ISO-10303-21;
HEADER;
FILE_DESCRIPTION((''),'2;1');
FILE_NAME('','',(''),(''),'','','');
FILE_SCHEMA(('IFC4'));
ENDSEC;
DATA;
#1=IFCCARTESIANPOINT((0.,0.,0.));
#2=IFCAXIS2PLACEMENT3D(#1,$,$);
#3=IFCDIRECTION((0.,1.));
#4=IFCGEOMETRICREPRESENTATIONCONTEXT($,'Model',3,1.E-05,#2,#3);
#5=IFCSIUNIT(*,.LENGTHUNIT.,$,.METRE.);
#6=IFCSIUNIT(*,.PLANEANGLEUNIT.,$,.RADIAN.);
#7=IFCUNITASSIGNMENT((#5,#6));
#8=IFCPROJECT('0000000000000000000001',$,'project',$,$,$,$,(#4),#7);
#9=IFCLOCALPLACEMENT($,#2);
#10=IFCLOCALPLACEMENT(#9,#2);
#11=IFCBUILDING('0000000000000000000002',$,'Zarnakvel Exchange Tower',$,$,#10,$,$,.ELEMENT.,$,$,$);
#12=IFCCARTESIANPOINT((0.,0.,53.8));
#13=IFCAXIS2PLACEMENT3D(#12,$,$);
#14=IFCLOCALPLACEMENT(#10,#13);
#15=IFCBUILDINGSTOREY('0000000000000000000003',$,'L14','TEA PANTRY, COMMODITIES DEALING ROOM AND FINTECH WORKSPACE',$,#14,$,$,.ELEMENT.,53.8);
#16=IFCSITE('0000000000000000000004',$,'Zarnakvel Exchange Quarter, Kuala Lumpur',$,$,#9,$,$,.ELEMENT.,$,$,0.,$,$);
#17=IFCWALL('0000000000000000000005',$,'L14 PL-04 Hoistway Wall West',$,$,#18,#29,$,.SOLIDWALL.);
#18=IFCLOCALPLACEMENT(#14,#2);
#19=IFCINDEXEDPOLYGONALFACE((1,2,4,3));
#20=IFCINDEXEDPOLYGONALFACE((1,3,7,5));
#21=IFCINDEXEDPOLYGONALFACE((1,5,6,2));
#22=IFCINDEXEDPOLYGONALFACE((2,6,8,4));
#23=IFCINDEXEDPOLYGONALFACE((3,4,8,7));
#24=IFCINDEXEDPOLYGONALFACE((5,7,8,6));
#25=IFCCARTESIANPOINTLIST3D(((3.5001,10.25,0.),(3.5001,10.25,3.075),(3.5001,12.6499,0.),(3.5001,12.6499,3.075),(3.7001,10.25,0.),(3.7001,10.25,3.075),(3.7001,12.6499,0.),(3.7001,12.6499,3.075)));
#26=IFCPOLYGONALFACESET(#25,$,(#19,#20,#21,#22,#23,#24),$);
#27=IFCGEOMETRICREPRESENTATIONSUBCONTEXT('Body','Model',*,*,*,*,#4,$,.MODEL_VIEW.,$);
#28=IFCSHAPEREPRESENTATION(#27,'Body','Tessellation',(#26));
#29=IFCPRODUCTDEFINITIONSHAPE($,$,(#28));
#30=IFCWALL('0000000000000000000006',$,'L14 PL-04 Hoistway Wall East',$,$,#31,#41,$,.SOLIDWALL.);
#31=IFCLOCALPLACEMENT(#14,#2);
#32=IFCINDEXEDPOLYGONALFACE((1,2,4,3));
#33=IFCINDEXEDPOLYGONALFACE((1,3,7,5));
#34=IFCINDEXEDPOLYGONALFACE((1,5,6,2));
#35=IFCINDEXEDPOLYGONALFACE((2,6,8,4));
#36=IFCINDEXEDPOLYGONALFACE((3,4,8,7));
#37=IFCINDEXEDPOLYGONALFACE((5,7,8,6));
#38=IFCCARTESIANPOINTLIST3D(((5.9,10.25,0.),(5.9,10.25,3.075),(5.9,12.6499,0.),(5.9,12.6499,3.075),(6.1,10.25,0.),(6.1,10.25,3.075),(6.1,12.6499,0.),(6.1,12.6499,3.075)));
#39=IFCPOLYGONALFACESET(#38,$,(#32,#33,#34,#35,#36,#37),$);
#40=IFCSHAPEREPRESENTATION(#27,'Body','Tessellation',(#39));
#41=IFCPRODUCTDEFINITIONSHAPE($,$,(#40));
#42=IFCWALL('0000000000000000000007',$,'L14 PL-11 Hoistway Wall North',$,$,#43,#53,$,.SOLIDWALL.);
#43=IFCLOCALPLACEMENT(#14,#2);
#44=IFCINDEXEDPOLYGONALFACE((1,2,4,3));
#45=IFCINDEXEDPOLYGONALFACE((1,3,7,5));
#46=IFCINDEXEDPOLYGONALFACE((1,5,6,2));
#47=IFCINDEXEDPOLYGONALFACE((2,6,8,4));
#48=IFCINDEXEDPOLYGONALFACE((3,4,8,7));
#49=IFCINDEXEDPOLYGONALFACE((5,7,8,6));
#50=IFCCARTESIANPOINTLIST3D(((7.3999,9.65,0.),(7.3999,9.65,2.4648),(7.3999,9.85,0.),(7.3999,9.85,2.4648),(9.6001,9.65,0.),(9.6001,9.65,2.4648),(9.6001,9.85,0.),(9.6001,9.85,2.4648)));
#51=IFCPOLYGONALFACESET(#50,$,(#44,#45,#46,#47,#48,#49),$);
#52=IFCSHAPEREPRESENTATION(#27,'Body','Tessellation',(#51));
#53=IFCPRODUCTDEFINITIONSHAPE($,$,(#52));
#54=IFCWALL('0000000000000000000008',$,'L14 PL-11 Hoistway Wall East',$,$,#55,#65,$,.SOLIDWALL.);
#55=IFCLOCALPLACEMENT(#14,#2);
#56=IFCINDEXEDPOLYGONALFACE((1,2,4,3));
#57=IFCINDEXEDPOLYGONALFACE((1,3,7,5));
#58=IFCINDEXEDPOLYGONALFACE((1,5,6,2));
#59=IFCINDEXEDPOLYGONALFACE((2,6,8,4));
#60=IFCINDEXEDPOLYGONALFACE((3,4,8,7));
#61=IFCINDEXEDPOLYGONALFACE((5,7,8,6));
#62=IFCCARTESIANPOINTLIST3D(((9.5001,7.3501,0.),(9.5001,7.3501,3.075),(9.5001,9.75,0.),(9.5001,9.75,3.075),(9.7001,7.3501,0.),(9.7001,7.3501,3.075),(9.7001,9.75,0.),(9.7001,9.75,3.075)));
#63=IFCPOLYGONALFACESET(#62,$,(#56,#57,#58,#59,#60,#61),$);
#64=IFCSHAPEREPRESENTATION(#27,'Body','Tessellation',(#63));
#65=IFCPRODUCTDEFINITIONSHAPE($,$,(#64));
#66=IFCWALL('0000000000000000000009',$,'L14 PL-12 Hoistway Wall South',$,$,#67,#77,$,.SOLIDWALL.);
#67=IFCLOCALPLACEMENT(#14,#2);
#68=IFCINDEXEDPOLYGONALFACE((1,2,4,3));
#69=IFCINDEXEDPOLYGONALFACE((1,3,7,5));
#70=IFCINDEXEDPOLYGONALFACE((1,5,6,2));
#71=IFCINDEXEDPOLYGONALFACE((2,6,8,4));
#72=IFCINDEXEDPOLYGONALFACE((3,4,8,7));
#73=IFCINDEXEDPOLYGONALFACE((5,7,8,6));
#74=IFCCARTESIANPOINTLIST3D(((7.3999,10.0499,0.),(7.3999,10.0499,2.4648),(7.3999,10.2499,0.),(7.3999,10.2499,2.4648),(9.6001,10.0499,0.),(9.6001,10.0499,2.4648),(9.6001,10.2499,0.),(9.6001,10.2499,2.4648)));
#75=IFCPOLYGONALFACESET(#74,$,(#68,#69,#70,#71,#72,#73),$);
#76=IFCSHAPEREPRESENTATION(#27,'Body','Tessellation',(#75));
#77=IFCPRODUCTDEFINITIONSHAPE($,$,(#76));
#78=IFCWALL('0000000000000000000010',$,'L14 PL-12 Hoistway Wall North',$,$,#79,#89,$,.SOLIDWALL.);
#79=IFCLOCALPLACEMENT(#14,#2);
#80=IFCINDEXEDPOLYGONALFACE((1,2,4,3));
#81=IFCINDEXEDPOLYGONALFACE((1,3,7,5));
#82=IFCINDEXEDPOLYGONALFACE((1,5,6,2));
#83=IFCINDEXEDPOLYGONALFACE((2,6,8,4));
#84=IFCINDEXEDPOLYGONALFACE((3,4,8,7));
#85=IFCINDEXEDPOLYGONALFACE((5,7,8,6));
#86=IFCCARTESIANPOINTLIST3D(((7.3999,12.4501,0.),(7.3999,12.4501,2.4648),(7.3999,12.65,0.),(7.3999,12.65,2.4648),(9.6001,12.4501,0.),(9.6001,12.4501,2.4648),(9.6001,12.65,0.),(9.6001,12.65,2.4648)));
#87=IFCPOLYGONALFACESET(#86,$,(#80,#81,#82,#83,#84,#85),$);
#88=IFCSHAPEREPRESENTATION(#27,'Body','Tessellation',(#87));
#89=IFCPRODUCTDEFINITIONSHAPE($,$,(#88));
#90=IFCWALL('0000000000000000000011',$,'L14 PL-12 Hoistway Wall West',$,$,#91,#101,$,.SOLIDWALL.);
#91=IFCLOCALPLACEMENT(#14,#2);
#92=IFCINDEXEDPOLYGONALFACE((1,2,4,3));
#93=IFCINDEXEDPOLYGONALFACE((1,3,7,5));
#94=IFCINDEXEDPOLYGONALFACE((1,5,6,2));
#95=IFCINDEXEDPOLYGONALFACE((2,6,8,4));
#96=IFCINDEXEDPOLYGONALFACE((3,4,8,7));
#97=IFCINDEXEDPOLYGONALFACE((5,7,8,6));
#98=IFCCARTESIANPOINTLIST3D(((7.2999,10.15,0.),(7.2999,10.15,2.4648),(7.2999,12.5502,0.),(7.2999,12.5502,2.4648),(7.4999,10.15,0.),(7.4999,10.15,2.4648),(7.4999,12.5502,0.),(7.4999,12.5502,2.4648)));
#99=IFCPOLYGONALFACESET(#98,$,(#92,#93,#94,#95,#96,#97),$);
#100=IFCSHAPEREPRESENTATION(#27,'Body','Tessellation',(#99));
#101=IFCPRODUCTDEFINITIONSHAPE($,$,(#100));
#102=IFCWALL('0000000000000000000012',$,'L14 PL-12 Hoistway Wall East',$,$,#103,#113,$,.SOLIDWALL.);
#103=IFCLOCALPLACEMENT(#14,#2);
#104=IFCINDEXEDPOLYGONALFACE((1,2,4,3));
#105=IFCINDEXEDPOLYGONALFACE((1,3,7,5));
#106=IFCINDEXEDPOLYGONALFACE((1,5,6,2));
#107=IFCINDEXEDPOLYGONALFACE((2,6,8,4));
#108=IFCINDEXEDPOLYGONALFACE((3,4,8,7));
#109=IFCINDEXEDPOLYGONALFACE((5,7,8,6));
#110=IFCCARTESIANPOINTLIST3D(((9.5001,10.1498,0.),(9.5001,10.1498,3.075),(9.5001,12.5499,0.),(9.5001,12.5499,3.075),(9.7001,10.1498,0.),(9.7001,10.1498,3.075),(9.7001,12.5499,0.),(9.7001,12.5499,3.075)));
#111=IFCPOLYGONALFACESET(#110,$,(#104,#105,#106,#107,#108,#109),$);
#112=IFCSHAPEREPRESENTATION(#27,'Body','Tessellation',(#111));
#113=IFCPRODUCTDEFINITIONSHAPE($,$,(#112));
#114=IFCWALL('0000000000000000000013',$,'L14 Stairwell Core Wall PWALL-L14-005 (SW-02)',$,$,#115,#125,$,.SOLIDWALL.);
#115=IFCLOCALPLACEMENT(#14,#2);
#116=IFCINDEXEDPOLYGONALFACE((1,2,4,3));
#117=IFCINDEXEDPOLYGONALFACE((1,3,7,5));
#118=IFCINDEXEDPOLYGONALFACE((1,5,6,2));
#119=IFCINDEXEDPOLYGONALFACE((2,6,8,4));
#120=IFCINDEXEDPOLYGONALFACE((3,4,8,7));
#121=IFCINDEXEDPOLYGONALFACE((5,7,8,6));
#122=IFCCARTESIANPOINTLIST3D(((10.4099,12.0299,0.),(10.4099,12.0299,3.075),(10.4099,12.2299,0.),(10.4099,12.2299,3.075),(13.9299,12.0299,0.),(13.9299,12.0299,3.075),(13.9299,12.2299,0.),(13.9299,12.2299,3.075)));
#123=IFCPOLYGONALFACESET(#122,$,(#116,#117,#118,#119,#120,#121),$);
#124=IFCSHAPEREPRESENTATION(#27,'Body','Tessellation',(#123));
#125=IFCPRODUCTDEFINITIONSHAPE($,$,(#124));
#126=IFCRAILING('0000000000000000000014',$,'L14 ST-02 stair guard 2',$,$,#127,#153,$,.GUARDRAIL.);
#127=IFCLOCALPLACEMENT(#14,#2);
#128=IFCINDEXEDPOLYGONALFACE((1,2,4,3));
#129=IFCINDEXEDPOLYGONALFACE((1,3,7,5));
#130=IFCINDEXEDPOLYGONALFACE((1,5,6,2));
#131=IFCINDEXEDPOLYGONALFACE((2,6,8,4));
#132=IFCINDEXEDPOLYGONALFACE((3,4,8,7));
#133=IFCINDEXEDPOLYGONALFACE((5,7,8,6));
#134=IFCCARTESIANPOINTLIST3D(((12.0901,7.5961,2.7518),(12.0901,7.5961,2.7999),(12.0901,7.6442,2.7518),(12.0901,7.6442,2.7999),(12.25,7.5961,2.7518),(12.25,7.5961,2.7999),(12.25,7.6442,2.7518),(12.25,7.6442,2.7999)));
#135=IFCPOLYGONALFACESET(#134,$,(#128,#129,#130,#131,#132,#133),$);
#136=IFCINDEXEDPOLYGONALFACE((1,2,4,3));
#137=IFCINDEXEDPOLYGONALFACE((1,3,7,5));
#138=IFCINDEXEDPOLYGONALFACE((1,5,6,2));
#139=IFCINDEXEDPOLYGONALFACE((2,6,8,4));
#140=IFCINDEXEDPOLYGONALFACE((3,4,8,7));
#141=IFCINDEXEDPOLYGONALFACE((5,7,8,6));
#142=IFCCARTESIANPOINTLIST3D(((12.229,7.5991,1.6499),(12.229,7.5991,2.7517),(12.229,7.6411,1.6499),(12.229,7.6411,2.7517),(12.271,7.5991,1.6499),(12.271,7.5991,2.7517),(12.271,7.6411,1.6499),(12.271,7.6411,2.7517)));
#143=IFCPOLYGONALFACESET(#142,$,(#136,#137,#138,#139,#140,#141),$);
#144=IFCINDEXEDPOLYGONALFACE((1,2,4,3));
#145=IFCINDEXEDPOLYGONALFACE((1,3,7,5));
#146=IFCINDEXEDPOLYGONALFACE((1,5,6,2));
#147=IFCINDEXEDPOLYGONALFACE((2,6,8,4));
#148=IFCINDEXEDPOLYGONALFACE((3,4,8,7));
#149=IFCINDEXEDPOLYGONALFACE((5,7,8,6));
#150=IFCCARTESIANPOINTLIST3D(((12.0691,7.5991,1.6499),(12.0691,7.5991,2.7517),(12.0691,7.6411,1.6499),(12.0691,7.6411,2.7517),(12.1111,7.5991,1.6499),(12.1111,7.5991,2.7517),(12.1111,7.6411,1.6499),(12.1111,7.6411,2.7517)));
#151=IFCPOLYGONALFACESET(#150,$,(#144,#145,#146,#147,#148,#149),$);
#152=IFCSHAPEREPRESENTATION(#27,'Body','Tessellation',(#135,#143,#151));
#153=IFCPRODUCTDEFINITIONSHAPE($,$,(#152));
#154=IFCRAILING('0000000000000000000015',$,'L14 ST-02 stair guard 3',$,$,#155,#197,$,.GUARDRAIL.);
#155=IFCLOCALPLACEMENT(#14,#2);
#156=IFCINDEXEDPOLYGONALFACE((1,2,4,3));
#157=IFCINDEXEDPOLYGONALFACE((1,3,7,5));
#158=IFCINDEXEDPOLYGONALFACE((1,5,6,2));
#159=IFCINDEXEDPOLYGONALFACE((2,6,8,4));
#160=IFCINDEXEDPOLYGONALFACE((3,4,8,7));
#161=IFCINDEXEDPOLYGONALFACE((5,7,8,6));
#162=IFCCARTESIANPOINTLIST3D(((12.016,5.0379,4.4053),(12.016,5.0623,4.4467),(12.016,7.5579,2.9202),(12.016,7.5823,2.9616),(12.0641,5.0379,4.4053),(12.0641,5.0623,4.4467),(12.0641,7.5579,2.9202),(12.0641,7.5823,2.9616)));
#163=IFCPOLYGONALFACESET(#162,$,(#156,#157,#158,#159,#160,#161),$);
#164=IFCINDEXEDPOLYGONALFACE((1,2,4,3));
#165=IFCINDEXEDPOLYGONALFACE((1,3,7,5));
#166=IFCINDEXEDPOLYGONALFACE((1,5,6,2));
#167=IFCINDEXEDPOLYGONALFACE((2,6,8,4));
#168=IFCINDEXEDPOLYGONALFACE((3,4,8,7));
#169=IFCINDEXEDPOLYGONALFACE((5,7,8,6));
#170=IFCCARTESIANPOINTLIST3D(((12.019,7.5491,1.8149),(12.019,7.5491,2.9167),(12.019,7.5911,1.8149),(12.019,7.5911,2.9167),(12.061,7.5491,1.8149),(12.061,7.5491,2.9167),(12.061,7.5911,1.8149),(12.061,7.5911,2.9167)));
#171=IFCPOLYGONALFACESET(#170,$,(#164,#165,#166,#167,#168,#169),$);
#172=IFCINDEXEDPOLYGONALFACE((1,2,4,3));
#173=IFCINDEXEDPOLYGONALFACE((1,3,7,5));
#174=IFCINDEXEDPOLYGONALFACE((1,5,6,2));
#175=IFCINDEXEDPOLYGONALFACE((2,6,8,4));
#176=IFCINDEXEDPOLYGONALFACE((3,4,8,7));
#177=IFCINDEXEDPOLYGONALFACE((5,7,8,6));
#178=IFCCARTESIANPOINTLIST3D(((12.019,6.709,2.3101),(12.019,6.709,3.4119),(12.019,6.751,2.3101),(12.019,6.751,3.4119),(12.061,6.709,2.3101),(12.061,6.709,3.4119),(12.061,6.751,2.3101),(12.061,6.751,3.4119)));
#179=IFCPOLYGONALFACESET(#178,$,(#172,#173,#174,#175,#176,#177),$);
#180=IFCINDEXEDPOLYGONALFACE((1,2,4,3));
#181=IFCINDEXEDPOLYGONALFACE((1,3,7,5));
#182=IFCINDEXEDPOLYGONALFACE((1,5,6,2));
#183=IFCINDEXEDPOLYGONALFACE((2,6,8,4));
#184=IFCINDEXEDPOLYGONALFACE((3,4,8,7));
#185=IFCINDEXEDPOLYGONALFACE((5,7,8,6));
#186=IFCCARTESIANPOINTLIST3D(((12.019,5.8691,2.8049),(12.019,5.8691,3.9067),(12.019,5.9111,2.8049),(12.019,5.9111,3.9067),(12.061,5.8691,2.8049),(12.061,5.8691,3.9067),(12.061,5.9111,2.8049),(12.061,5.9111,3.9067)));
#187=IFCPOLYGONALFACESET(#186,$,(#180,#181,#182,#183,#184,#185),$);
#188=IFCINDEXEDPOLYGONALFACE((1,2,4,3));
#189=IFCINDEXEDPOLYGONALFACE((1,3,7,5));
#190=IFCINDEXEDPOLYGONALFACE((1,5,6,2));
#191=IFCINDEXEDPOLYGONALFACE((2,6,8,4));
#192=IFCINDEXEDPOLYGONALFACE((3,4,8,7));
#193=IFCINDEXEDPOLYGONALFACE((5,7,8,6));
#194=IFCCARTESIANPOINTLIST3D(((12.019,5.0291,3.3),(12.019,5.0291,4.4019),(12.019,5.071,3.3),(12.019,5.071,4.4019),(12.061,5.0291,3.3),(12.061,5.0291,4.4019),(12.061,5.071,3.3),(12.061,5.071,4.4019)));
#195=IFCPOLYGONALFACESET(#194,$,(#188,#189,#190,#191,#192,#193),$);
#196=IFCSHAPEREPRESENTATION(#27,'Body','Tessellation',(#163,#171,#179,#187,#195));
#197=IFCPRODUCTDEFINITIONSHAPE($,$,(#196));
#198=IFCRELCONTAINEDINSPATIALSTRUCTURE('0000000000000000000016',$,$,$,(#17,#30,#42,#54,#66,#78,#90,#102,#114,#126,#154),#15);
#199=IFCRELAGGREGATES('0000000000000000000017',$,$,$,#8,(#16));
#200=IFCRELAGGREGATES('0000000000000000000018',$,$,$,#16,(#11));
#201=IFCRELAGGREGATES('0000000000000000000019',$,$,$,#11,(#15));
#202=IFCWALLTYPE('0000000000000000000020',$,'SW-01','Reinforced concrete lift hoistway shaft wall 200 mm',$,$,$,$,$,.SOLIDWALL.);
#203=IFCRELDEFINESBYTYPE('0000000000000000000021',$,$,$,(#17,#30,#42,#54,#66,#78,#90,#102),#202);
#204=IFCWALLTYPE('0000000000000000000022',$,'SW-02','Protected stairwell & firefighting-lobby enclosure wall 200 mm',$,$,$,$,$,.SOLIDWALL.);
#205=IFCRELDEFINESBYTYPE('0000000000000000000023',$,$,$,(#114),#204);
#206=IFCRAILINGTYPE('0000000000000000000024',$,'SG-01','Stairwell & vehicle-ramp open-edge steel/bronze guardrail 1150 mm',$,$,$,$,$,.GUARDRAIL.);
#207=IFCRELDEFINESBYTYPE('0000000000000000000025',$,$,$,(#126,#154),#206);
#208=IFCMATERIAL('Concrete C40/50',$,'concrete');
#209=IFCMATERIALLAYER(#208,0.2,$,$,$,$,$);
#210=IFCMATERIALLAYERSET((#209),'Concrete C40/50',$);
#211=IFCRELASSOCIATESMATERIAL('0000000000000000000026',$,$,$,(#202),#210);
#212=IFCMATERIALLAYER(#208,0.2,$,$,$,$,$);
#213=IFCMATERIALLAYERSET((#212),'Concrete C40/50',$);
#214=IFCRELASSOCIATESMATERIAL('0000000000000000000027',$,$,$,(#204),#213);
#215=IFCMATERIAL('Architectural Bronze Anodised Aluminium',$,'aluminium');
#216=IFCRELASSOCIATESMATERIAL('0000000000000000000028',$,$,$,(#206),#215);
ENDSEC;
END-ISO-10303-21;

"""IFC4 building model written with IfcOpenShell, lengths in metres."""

from ifc_helpers import new_model, si_unit, direction, frame, frame_2d, origin, origin_2d, place, context, subcontext, project, spatial, rectangle, extrude, material, layer, layer_set, type_object, element, save


model = new_model("IFC4")

# Units and contexts
model_context = context("Model", 3, precision=1e-05, world=origin(), true_north=direction((0.0, 1.0)))
body_context = subcontext(model_context, "Body", "Model", "MODEL_VIEW")
ifc_project = project(units=[si_unit("LENGTHUNIT", "METRE"), si_unit("PLANEANGLEUNIT", "RADIAN")], contexts=[model_context])

# Site, building, storey
site_placement = place(None, origin())
site = spatial("IfcSite", under=ifc_project, at=site_placement, Name="Zarnakvel Exchange Quarter, Kuala Lumpur", CompositionType="ELEMENT", RefElevation=0.0)
building_placement = place(site_placement, origin())
building = spatial("IfcBuilding", under=site, at=building_placement, Name="Zarnakvel Exchange Tower", CompositionType="ELEMENT")
storey_placement = place(building_placement, frame((0.0, 0.0, 53.8)))
storey = spatial("IfcBuildingStorey", under=building, at=storey_placement, Name="L14", Description="TEA PANTRY, COMMODITIES DEALING ROOM AND FINTECH WORKSPACE", CompositionType="ELEMENT", Elevation=53.8)

# Shared definitions
ifc_material_1 = material(Name="Architectural Bronze Anodised Aluminium", Category="aluminium")

# Shared definitions
ifc_material_2 = material(Name="Concrete C40/50", Category="concrete")
ifc_layer_1 = layer(ifc_material_2, 0.2)
ifc_layer_set_1 = layer_set([ifc_layer_1], Name="Concrete C40/50")
wall_type_1 = type_object("IfcWallType", Name="SW-01", Description="Reinforced concrete lift hoistway shaft wall 200 mm", PredefinedType="SOLIDWALL", material=ifc_layer_set_1)

# Walls
for number, where, z_axis, x_axis, name in (
    (1, (3.6001, 10.25, 0.0), (0.0, 0.0, 1.0), (0.0, 1.0, 0.0), "L14 PL-04 Hoistway Wall West"),
    (2, (6.0, 12.6499, 0.0), (0.0, 0.0, 1.0), (0.0, -1.0, 0.0), "L14 PL-04 Hoistway Wall East"),
):
    element("IfcWall", number, at=place(storey_placement, frame(where, z_axis=z_axis, x_axis=x_axis)), inside=storey, type_object=wall_type_1, Name=name, PredefinedType="SOLIDWALL", context=body_context, shape_type="SweptSolid", body=[
        extrude(rectangle(XDim=2.3999, YDim=0.2, at=frame_2d((1.2, 0.0))), origin(), (0.0, 0.0, 1.0), 3.075),
    ])
wall_1_placement = place(storey_placement, frame((7.3999, 9.75, 0.0), z_axis=(0.0, 0.0, 1.0), x_axis=(1.0, 0.0, 0.0)))
element("IfcWall", 3, at=wall_1_placement, inside=storey, type_object=wall_type_1, Name="L14 PL-11 Hoistway Wall North", PredefinedType="SOLIDWALL", context=body_context, shape_type="SweptSolid", body=[
    extrude(rectangle(XDim=2.2002, YDim=0.2, at=frame_2d((1.1001, 0.0))), origin(), (0.0, 0.0, 1.0), 2.4648),
])
wall_2_placement = place(storey_placement, frame((9.6001, 9.75, 0.0), z_axis=(0.0, 0.0, 1.0), x_axis=(0.0, -1.0, 0.0)))
element("IfcWall", 4, at=wall_2_placement, inside=storey, type_object=wall_type_1, Name="L14 PL-11 Hoistway Wall East", PredefinedType="SOLIDWALL", context=body_context, shape_type="SweptSolid", body=[
    extrude(rectangle(XDim=2.3999, YDim=0.2, at=frame_2d((1.2, 0.0))), origin(), (0.0, 0.0, 1.0), 3.075),
])
for number, where, z_axis, x_axis, name in (
    (5, (9.6001, 10.1499, 0.0), (0.0, 0.0, 1.0), (-1.0, 0.0, 0.0), "L14 PL-12 Hoistway Wall South"),
    (6, (7.3999, 12.55, 0.0), (0.0, 0.0, 1.0), (1.0, 0.0, 0.0), "L14 PL-12 Hoistway Wall North"),
):
    element("IfcWall", number, at=place(storey_placement, frame(where, z_axis=z_axis, x_axis=x_axis)), inside=storey, type_object=wall_type_1, Name=name, PredefinedType="SOLIDWALL", context=body_context, shape_type="SweptSolid", body=[
        extrude(rectangle(XDim=2.2002, YDim=0.2, at=frame_2d((1.1001, 0.0))), origin(), (0.0, 0.0, 1.0), 2.4648),
    ])
wall_3_placement = place(storey_placement, frame((7.3999, 10.1499, 0.0), z_axis=(0.0, 0.0, 1.0), x_axis=(0.0, 1.0, 0.0)))
element("IfcWall", 7, at=wall_3_placement, inside=storey, type_object=wall_type_1, Name="L14 PL-12 Hoistway Wall West", PredefinedType="SOLIDWALL", context=body_context, shape_type="SweptSolid", body=[
    extrude(rectangle(XDim=2.4001, YDim=0.2, at=frame_2d((1.2002, 0.0))), origin(), (0.0, 0.0, 1.0), 2.4648),
])
wall_4_placement = place(storey_placement, frame((9.6001, 12.55, 0.0), z_axis=(0.0, 0.0, 1.0), x_axis=(0.0, -1.0, 0.0)))
element("IfcWall", 8, at=wall_4_placement, inside=storey, type_object=wall_type_1, Name="L14 PL-12 Hoistway Wall East", PredefinedType="SOLIDWALL", context=body_context, shape_type="SweptSolid", body=[
    extrude(rectangle(XDim=2.4001, YDim=0.2, at=frame_2d((1.2002, 0.0))), origin(), (0.0, 0.0, 1.0), 3.075),
])
ifc_layer_2 = layer(ifc_material_2, 0.2)
ifc_layer_set_2 = layer_set([ifc_layer_2], Name="Concrete C40/50")
wall_type_2 = type_object("IfcWallType", Name="SW-02", Description="Protected stairwell & firefighting-lobby enclosure wall 200 mm", PredefinedType="SOLIDWALL", material=ifc_layer_set_2)
wall_5_placement = place(storey_placement, frame((10.4099, 12.1299, 0.0), z_axis=(0.0, 0.0, 1.0), x_axis=(1.0, 0.0, 0.0)))
element("IfcWall", 9, at=wall_5_placement, inside=storey, type_object=wall_type_2, Name="L14 Stairwell Core Wall PWALL-L14-005 (SW-02)", PredefinedType="SOLIDWALL", context=body_context, shape_type="SweptSolid", body=[
    extrude(rectangle(XDim=3.52, YDim=0.2, at=frame_2d((1.76, 0.0))), origin(), (0.0, 0.0, 1.0), 3.075),
])

# Railings
railing_type = type_object("IfcRailingType", Name="SG-01", Description="Stairwell & vehicle-ramp open-edge steel/bronze guardrail 1150 mm", PredefinedType="GUARDRAIL", material=ifc_material_1)
railing_1_placement = place(storey_placement, frame((12.25, 7.6201, 1.6499)))
element("IfcRailing", 10, at=railing_1_placement, inside=storey, type_object=railing_type, Name="L14 ST-02 stair guard 2", PredefinedType="GUARDRAIL", context=body_context, shape_type="SweptSolid", body=[
    extrude(rectangle(XDim=0.0481, YDim=0.0481, at=origin_2d()), frame((0.0, 0.0, 1.126), z_axis=(-1.0, 0.0, 0.0), x_axis=(0.0, -1.0, 0.0)), (0.0, 0.0, 1.0), 0.1599),
    extrude(rectangle(XDim=0.042, YDim=0.042, at=origin_2d()), origin(), (0.0, 0.0, 1.0), 1.1018),
    extrude(rectangle(XDim=0.042, YDim=0.042, at=origin_2d()), frame((-0.1599, 0.0, 0.0)), (0.0, 0.0, 1.0), 1.1018),
])
railing_2_placement = place(storey_placement, frame((12.04, 7.5701, 1.8149)))
element("IfcRailing", 11, at=railing_2_placement, inside=storey, type_object=railing_type, Name="L14 ST-02 stair guard 3", PredefinedType="GUARDRAIL", context=body_context, shape_type="SweptSolid", body=[
    extrude(rectangle(XDim=0.0481, YDim=0.0481, at=origin_2d()), frame((0.0, 0.0, 1.126), z_axis=(0.0, -0.861524, 0.507717), x_axis=(1.0, 0.0, 0.0)), (0.0, 0.0, 1.0), 2.925),
    extrude(rectangle(XDim=0.042, YDim=0.042, at=origin_2d()), origin(), (0.0, 0.0, 1.0), 1.1018),
    extrude(rectangle(XDim=0.042, YDim=0.042, at=origin_2d()), frame((0.0, -0.8401, 0.4951)), (0.0, 0.0, 1.0), 1.1018),
    extrude(rectangle(XDim=0.042, YDim=0.042, at=origin_2d()), frame((0.0, -1.6799, 0.99)), (0.0, 0.0, 1.0), 1.1018),
    extrude(rectangle(XDim=0.042, YDim=0.042, at=origin_2d()), frame((0.0, -2.52, 1.4851)), (0.0, 0.0, 1.0), 1.1018),
])

save(model, "model.ifc")
